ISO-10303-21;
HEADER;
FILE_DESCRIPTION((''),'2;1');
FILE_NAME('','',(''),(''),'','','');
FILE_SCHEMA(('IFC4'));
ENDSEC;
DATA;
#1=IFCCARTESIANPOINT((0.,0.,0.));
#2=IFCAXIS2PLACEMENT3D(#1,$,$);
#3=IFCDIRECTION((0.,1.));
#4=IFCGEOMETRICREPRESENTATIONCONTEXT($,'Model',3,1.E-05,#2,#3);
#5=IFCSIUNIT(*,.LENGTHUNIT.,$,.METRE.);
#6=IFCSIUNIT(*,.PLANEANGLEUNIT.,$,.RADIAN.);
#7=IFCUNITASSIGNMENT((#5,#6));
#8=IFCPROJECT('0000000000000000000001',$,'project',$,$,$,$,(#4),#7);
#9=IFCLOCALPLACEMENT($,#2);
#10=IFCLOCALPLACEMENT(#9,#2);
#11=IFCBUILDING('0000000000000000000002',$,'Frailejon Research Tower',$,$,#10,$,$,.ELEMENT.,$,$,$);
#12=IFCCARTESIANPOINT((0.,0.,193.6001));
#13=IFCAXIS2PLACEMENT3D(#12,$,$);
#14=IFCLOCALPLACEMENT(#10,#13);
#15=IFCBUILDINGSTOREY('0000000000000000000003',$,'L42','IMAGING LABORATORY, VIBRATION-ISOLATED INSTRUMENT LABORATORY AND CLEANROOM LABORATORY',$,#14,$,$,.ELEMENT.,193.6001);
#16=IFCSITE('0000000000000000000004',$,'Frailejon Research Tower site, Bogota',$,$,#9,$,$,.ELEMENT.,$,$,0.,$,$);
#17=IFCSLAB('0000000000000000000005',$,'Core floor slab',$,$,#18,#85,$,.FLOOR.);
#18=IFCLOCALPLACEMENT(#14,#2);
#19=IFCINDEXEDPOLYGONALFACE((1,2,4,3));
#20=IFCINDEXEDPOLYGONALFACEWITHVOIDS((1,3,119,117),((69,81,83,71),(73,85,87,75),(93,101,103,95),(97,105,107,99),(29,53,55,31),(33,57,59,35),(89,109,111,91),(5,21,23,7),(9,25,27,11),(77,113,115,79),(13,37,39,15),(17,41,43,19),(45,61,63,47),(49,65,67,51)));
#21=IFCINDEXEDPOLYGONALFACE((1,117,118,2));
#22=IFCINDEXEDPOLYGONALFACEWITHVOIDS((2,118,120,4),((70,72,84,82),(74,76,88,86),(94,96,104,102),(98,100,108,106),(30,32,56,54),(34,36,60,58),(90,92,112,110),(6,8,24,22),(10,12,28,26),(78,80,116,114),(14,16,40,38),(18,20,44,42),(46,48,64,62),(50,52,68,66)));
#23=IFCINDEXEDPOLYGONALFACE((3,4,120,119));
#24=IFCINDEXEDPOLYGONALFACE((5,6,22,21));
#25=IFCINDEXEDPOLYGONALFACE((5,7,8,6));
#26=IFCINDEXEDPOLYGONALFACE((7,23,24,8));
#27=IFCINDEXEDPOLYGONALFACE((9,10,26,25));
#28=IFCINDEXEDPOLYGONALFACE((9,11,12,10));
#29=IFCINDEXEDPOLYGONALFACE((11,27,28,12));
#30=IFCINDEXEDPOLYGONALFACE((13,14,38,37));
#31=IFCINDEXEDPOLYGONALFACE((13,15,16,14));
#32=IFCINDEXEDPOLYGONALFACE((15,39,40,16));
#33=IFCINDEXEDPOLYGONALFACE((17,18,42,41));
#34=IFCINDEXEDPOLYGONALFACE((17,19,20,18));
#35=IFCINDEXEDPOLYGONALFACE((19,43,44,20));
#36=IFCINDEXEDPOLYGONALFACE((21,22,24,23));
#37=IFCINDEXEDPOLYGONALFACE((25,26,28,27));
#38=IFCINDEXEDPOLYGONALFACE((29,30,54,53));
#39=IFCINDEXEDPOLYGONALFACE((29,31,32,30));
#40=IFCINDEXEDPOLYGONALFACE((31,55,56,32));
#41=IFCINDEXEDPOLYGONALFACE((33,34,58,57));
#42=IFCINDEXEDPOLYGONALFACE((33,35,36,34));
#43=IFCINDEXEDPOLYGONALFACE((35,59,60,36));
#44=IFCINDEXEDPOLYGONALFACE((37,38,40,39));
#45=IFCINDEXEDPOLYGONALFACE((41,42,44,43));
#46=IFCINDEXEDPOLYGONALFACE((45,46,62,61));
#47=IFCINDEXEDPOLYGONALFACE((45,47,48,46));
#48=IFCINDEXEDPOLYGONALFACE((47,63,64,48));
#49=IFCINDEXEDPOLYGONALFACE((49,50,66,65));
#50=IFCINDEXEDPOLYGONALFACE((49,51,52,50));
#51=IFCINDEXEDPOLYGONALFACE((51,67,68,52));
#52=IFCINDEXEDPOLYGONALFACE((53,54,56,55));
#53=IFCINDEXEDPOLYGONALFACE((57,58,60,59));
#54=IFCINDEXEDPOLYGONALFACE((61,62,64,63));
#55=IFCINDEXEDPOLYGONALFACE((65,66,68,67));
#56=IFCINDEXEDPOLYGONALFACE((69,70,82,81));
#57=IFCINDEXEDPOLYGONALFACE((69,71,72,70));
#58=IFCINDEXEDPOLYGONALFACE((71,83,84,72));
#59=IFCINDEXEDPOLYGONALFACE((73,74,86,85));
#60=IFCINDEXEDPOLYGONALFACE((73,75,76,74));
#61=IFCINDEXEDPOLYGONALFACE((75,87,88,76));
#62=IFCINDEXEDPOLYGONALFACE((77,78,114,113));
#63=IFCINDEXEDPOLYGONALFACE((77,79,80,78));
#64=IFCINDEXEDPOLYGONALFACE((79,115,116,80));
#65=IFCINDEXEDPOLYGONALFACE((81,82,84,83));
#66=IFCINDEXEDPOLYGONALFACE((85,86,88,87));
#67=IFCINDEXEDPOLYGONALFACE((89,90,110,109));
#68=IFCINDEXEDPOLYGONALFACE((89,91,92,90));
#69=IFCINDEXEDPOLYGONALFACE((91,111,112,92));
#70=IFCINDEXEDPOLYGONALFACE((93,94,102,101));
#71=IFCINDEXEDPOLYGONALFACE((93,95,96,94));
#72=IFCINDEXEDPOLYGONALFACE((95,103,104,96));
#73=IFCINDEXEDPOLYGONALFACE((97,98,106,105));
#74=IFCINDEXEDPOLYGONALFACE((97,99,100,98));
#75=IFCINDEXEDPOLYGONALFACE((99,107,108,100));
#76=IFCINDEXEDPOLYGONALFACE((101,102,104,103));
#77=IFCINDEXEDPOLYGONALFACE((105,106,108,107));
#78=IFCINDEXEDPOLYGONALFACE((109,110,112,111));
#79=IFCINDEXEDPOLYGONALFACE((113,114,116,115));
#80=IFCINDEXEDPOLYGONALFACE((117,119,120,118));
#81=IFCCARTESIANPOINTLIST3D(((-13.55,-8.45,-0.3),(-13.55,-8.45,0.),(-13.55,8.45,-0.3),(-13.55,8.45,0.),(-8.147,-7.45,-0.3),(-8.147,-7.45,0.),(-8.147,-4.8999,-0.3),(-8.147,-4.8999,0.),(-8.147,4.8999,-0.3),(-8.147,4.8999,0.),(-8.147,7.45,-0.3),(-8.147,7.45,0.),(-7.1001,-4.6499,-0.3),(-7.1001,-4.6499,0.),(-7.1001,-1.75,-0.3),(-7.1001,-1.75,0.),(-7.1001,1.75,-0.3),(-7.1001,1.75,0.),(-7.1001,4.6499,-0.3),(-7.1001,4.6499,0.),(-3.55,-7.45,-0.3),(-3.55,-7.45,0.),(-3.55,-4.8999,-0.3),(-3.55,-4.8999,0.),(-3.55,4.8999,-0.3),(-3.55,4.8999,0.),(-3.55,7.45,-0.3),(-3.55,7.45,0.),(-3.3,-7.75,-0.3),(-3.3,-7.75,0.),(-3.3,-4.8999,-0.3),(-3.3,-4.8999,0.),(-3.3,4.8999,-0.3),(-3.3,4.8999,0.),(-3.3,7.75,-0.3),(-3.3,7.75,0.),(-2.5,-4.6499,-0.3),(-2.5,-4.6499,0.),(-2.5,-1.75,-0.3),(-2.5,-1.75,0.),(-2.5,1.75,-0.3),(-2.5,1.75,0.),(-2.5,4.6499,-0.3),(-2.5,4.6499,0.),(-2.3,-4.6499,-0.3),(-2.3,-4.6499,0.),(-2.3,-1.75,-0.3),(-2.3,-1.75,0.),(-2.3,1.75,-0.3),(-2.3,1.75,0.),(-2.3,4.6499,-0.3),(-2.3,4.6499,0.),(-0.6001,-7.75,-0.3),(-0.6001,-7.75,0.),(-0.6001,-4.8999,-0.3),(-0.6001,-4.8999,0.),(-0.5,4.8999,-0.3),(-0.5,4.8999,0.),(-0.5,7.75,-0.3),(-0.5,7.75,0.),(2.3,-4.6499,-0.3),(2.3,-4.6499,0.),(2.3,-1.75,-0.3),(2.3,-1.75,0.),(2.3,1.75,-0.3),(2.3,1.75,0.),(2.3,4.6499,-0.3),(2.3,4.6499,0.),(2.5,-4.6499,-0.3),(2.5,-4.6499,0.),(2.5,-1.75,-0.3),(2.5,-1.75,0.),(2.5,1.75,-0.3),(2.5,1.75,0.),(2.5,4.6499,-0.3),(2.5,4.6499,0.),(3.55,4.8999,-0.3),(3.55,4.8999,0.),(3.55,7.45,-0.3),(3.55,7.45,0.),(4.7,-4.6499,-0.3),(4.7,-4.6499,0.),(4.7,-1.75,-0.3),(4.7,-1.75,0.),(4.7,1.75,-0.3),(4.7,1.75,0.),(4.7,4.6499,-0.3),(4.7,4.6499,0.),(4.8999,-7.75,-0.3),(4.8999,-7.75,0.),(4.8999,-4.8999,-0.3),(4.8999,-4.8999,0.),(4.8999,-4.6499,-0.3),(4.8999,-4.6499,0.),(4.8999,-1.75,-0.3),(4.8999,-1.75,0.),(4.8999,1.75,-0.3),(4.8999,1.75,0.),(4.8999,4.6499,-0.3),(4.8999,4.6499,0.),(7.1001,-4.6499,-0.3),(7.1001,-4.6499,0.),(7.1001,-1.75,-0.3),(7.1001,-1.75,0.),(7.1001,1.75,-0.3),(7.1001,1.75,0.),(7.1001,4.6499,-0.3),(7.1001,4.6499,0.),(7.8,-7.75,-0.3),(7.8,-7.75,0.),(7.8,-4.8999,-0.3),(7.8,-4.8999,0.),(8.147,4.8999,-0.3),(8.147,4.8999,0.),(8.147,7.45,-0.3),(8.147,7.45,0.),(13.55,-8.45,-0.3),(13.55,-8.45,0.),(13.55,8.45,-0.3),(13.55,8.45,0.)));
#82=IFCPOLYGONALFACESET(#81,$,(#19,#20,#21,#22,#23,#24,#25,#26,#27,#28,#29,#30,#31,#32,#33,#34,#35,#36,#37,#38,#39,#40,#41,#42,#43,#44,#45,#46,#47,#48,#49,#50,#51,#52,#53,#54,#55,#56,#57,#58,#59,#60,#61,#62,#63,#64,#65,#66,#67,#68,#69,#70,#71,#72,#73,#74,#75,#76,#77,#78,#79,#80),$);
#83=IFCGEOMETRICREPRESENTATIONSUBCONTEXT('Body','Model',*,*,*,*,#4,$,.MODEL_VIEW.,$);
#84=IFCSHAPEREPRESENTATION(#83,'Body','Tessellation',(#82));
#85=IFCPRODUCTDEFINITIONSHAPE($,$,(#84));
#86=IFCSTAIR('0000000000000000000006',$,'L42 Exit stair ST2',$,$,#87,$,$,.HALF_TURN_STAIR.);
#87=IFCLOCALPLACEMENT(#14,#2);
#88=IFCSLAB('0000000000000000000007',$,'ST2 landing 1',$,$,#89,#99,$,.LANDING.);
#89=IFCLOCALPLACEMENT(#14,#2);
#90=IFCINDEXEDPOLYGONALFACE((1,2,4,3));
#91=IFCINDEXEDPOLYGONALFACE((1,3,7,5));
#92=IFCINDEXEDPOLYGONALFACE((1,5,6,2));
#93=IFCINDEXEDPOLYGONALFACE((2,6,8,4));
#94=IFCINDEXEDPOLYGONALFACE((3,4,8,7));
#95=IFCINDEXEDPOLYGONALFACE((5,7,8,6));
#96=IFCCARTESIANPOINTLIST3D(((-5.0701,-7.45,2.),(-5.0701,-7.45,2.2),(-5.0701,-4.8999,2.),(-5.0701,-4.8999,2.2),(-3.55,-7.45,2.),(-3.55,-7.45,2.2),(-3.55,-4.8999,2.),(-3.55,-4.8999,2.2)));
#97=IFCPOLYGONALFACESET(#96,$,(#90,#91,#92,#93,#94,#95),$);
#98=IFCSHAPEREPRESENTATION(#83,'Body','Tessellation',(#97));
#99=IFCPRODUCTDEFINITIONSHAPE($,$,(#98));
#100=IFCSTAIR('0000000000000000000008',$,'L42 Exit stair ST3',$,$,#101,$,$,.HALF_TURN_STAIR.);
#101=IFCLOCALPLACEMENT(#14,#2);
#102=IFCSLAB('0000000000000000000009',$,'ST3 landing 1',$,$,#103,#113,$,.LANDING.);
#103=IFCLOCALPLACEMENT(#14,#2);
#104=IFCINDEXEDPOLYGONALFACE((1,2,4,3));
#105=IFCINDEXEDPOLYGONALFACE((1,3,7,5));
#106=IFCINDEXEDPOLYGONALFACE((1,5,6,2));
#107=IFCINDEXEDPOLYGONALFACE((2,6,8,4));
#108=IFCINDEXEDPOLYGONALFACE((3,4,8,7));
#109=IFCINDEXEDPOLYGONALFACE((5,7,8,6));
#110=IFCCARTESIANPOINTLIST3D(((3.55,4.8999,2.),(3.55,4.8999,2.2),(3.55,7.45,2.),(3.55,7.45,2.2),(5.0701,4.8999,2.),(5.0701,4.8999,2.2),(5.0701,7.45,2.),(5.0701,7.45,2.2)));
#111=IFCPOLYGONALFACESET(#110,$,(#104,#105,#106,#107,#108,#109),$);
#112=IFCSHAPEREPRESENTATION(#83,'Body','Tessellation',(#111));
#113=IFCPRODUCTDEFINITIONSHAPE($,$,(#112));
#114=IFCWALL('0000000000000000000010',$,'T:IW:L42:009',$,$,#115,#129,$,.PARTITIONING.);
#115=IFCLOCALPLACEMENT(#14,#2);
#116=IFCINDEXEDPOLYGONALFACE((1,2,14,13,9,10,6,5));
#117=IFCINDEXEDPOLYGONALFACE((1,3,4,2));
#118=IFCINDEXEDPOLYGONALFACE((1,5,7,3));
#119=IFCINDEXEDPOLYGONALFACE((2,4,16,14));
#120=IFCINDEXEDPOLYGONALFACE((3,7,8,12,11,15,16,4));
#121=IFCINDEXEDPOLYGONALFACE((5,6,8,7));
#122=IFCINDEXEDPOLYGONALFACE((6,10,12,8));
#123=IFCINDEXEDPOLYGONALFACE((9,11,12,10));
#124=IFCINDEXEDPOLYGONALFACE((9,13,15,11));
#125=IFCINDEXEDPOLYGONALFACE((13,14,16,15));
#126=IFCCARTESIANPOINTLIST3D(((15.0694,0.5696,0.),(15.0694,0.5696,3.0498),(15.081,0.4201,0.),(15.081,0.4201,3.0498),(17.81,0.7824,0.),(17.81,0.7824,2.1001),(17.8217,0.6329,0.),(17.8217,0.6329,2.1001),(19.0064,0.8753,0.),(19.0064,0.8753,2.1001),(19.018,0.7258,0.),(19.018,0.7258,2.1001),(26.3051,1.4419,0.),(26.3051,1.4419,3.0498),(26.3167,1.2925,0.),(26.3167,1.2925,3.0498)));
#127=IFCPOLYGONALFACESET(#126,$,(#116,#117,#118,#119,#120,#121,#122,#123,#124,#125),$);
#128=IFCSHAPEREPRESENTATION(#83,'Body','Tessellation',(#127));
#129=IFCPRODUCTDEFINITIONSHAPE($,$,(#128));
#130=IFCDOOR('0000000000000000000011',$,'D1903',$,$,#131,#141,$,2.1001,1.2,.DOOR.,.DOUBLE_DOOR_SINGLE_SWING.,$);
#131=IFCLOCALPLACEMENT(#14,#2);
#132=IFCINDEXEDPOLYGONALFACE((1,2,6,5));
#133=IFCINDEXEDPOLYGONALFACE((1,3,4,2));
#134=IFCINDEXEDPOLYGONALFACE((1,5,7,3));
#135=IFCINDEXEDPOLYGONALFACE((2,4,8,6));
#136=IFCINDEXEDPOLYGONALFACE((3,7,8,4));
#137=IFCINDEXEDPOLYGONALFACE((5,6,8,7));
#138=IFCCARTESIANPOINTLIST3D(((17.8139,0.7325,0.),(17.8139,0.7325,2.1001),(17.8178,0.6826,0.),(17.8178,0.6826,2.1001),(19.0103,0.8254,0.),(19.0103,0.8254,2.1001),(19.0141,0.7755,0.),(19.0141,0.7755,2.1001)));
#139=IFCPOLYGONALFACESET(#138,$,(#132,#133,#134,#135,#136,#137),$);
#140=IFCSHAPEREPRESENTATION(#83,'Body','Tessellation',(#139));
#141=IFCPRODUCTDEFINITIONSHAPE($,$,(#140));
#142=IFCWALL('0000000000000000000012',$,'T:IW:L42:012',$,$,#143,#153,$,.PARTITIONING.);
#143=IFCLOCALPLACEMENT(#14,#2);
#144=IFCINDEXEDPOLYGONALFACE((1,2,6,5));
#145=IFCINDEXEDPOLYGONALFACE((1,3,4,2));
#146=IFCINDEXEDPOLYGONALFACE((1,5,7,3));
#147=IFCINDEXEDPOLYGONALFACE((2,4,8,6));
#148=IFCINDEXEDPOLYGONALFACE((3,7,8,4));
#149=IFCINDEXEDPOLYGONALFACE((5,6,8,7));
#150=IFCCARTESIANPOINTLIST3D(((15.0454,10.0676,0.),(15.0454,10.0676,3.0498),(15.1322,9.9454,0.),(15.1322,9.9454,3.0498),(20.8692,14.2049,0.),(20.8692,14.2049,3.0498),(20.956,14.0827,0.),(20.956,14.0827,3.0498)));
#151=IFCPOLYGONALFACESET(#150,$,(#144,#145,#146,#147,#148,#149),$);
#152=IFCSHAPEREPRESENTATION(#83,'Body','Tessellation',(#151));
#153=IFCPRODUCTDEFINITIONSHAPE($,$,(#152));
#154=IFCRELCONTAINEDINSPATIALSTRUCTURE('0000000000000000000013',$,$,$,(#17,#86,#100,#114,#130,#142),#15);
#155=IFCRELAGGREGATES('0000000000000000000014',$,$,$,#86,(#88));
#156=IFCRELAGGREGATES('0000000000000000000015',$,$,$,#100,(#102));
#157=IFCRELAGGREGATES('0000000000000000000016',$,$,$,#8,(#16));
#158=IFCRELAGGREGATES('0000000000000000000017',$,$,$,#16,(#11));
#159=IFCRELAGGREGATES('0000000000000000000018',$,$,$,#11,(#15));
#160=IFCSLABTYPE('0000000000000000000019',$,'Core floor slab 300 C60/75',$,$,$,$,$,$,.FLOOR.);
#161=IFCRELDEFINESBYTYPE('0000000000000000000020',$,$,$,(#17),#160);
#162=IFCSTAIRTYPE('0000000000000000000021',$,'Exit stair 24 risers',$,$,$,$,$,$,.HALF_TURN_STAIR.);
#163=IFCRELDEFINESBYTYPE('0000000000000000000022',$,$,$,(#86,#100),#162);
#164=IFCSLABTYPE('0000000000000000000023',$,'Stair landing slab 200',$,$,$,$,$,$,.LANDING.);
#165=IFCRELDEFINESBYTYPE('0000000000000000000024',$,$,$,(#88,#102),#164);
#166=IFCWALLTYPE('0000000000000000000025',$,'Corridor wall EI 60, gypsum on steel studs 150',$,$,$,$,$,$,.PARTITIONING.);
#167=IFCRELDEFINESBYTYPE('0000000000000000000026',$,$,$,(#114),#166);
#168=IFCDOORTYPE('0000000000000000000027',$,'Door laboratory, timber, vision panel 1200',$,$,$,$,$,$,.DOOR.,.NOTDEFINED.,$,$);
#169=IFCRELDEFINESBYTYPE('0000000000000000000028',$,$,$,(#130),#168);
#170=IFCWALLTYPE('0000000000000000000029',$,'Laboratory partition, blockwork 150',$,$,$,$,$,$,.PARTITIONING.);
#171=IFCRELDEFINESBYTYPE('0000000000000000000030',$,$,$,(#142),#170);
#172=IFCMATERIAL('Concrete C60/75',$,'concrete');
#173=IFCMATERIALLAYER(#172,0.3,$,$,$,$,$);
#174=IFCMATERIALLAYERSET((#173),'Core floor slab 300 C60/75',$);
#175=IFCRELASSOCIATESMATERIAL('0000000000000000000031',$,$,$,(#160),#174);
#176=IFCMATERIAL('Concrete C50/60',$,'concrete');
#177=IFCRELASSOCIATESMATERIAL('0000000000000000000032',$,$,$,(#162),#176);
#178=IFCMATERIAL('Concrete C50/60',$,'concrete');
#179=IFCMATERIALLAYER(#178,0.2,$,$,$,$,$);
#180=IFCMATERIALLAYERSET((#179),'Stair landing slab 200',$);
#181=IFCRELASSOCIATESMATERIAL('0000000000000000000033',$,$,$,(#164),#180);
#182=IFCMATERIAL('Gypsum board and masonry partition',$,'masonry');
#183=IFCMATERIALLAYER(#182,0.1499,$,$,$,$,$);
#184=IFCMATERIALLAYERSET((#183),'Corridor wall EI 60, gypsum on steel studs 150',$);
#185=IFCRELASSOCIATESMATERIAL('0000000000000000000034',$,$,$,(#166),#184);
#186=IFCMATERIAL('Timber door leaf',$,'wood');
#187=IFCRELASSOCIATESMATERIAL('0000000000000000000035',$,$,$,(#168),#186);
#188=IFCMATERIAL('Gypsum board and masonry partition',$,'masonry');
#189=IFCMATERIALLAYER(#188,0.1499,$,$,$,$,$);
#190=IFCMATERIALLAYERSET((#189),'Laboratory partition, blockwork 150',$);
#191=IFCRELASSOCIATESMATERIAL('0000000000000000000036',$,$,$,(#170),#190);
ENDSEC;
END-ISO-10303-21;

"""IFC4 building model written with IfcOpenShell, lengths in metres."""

from ifc_helpers import new_model, si_unit, direction, frame, frame_2d, origin, place, context, subcontext, project, spatial, polyline, rectangle, outline, extrude, material, layer, layer_set, type_object, element, fill, aggregate, save


model = new_model("IFC4")

# Units and contexts
model_context = context("Model", 3, precision=1e-05, world=origin(), true_north=direction((0.0, 1.0)))
body_context = subcontext(model_context, "Body", "Model", "MODEL_VIEW")
ifc_project = project(units=[si_unit("LENGTHUNIT", "METRE"), si_unit("PLANEANGLEUNIT", "RADIAN")], contexts=[model_context])

# Site, building, storey
site_placement = place(None, origin())
site = spatial("IfcSite", under=ifc_project, at=site_placement, Name="Frailejon Research Tower site, Bogota", CompositionType="ELEMENT", RefElevation=0.0)
building_placement = place(site_placement, origin())
building = spatial("IfcBuilding", under=site, at=building_placement, Name="Frailejon Research Tower", CompositionType="ELEMENT")
storey_placement = place(building_placement, frame((0.0, 0.0, 193.6001)))
storey = spatial("IfcBuildingStorey", under=building, at=storey_placement, Name="L42", Description="IMAGING LABORATORY, VIBRATION-ISOLATED INSTRUMENT LABORATORY AND CLEANROOM LABORATORY", CompositionType="ELEMENT", Elevation=193.6001)

# Slab
ifc_material_1 = material(Name="Concrete C60/75", Category="concrete")
ifc_layer_1 = layer(ifc_material_1, 0.3)
ifc_layer_set_1 = layer_set([ifc_layer_1], Name="Core floor slab 300 C60/75")
slab_type_1 = type_object("IfcSlabType", Name="Core floor slab 300 C60/75", PredefinedType="FLOOR", material=ifc_layer_set_1)
slab_1_placement = place(storey_placement, frame((0.0, 0.0, -0.3)))
element("IfcSlab", 1, at=slab_1_placement, inside=storey, type_object=slab_type_1, Name="Core floor slab", PredefinedType="FLOOR", context=body_context, shape_type="SweptSolid", body=[
    extrude(outline(polyline([(13.55, -8.45), (13.55, 8.45), (-13.55, 8.45), (-13.55, -8.45), (13.55, -8.45)]), holes=[polyline([(-2.5, 1.75), (-2.5, 4.6499), (-7.1001, 4.6499), (-7.1001, 1.75), (-2.5, 1.75)]), polyline([(2.3, 1.75), (2.3, 4.6499), (-2.3, 4.6499), (-2.3, 1.75), (2.3, 1.75)]), polyline([(4.7, 1.75), (4.7, 4.6499), (2.5, 4.6499), (2.5, 1.75), (4.7, 1.75)]), polyline([(7.1001, 1.75), (7.1001, 4.6499), (4.8999, 4.6499), (4.8999, 1.75), (7.1001, 1.75)]), polyline([(-2.5, -4.6499), (-2.5, -1.75), (-7.1001, -1.75), (-7.1001, -4.6499), (-2.5, -4.6499)]), polyline([(2.3, -4.6499), (2.3, -1.75), (-2.3, -1.75), (-2.3, -4.6499), (2.3, -4.6499)]), polyline([(4.7, -4.6499), (4.7, -1.75), (2.5, -1.75), (2.5, -4.6499), (4.7, -4.6499)]), polyline([(7.1001, -4.6499), (7.1001, -1.75), (4.8999, -1.75), (4.8999, -4.6499), (7.1001, -4.6499)]), polyline([(-8.147, 4.8999), (-3.55, 4.8999), (-3.55, 7.45), (-8.147, 7.45), (-8.147, 4.8999)]), polyline([(-8.147, -7.45), (-3.55, -7.45), (-3.55, -4.8999), (-8.147, -4.8999), (-8.147, -7.45)]), polyline([(8.147, 7.45), (3.55, 7.45), (3.55, 4.8999), (8.147, 4.8999), (8.147, 7.45)]), polyline([(-0.6001, -7.75), (-0.6001, -4.8999), (-3.3, -4.8999), (-3.3, -7.75), (-0.6001, -7.75)]), polyline([(7.8, -7.75), (7.8, -4.8999), (4.8999, -4.8999), (4.8999, -7.75), (7.8, -7.75)]), polyline([(-0.5, 4.8999), (-0.5, 7.75), (-3.3, 7.75), (-3.3, 4.8999), (-0.5, 4.8999)])]), origin(), (0.0, 0.0, 1.0), 0.3),
])

# Stairs, slabs
ifc_material_2 = material(Name="Concrete C50/60", Category="concrete")
stair_type = type_object("IfcStairType", Name="Exit stair 24 risers", PredefinedType="HALF_TURN_STAIR", material=ifc_material_2)
stair_1_placement = place(storey_placement, origin())
stair_1 = element("IfcStair", 2, at=stair_1_placement, inside=storey, type_object=stair_type, Name="L42 Exit stair ST2", PredefinedType="HALF_TURN_STAIR")
ifc_material_3 = material(Name="Concrete C50/60", Category="concrete")
ifc_layer_2 = layer(ifc_material_3, 0.2)
ifc_layer_set_2 = layer_set([ifc_layer_2], Name="Stair landing slab 200")
slab_type_2 = type_object("IfcSlabType", Name="Stair landing slab 200", PredefinedType="LANDING", material=ifc_layer_set_2)
slab_2_placement = place(storey_placement, frame((0.0, 0.0, 2.0)))
slab_2 = element("IfcSlab", 3, at=slab_2_placement, type_object=slab_type_2, Name="ST2 landing 1", PredefinedType="LANDING", context=body_context, shape_type="SweptSolid", body=[
    extrude(outline(polyline([(-5.0701, -7.45), (-3.55, -7.45), (-3.55, -4.8999), (-5.0701, -4.8999), (-5.0701, -7.45)])), origin(), (0.0, 0.0, 1.0), 0.2),
])
aggregate(stair_1, [slab_2])
stair_2_placement = place(storey_placement, origin())
stair_2 = element("IfcStair", 4, at=stair_2_placement, inside=storey, type_object=stair_type, Name="L42 Exit stair ST3", PredefinedType="HALF_TURN_STAIR")
slab_3_placement = place(storey_placement, frame((0.0, 0.0, 2.0)))
slab_3 = element("IfcSlab", 5, at=slab_3_placement, type_object=slab_type_2, Name="ST3 landing 1", PredefinedType="LANDING", context=body_context, shape_type="SweptSolid", body=[
    extrude(outline(polyline([(5.0701, 7.45), (3.55, 7.45), (3.55, 4.8999), (5.0701, 4.8999), (5.0701, 7.45)])), origin(), (0.0, 0.0, 1.0), 0.2),
])

# Wall, opening, door
ifc_material_4 = material(Name="Gypsum board and masonry partition", Category="masonry")
ifc_layer_3 = layer(ifc_material_4, 0.1499)
ifc_layer_set_3 = layer_set([ifc_layer_3], Name="Corridor wall EI 60, gypsum on steel studs 150")
wall_type_1 = type_object("IfcWallType", Name="Corridor wall EI 60, gypsum on steel studs 150", PredefinedType="PARTITIONING", material=ifc_layer_set_3)
wall_1_placement = place(storey_placement, frame((15.0752, 0.4949, 0.0), z_axis=(0.0, 0.0, 1.0), x_axis=(0.997, 0.077404, 0.0)))
wall_1 = element("IfcWall", 6, at=wall_1_placement, inside=storey, type_object=wall_type_1, Name="T:IW:L42:009", PredefinedType="PARTITIONING", context=body_context, shape_type="SweptSolid", body=[
    extrude(rectangle(XDim=11.2695, YDim=0.1499, at=frame_2d((5.6348, 0.0))), origin(), (0.0, 0.0, 1.0), 3.0498),
])
opening_1_placement = place(wall_1_placement, frame((2.7488, 0.0, 0.0)))
opening_1 = element("IfcOpeningElement", 7, at=opening_1_placement, cuts=wall_1, PredefinedType="OPENING", context=body_context, shape_type="SweptSolid", body=[
    extrude(rectangle(XDim=1.2, YDim=2.1001, at=frame_2d((0.6001, 1.05))), frame((0.0, 0.085, 0.0), z_axis=(0.0, -1.0, 0.0), x_axis=(1.0, 0.0, 0.0)), (0.0, 0.0, 1.0), 0.1699),
])
ifc_material_5 = material(Name="Timber door leaf", Category="wood")
door_type_1 = type_object("IfcDoorType", Name="Door laboratory, timber, vision panel 1200", OperationType="NOTDEFINED", PredefinedType="DOOR", material=ifc_material_5)
door_1_placement = place(opening_1_placement, origin())
door_1 = element("IfcDoor", 8, at=door_1_placement, inside=storey, type_object=door_type_1, Name="D1903", OperationType="DOUBLE_DOOR_SINGLE_SWING", OverallHeight=2.1001, OverallWidth=1.2, PredefinedType="DOOR", context=body_context, shape_type="SweptSolid", body=[
    extrude(rectangle(XDim=1.2, YDim=2.1001, at=frame_2d((0.6001, 1.05))), frame((0.0, 0.0249, 0.0), z_axis=(0.0, -1.0, 0.0), x_axis=(1.0, 0.0, 0.0)), (0.0, 0.0, 1.0), 0.05),
])
fill(opening_1, door_1)

# Wall
ifc_material_6 = material(Name="Gypsum board and masonry partition", Category="masonry")
ifc_layer_4 = layer(ifc_material_6, 0.1499)
ifc_layer_set_4 = layer_set([ifc_layer_4], Name="Laboratory partition, blockwork 150")
wall_type_2 = type_object("IfcWallType", Name="Laboratory partition, blockwork 150", PredefinedType="PARTITIONING", material=ifc_layer_set_4)
wall_2_placement = place(storey_placement, frame((15.0889, 10.0066, 0.0), z_axis=(0.0, 0.0, 1.0), x_axis=(0.815227, 0.579141, 0.0)))
element("IfcWall", 9, at=wall_2_placement, inside=storey, type_object=wall_type_2, Name="T:IW:L42:012", PredefinedType="PARTITIONING", context=body_context, shape_type="SweptSolid", body=[
    extrude(rectangle(XDim=7.1438, YDim=0.1499, at=frame_2d((3.5718, 0.0))), origin(), (0.0, 0.0, 1.0), 3.0498),
])

aggregate(stair_2, [slab_3])

save(model, "model.ifc")
